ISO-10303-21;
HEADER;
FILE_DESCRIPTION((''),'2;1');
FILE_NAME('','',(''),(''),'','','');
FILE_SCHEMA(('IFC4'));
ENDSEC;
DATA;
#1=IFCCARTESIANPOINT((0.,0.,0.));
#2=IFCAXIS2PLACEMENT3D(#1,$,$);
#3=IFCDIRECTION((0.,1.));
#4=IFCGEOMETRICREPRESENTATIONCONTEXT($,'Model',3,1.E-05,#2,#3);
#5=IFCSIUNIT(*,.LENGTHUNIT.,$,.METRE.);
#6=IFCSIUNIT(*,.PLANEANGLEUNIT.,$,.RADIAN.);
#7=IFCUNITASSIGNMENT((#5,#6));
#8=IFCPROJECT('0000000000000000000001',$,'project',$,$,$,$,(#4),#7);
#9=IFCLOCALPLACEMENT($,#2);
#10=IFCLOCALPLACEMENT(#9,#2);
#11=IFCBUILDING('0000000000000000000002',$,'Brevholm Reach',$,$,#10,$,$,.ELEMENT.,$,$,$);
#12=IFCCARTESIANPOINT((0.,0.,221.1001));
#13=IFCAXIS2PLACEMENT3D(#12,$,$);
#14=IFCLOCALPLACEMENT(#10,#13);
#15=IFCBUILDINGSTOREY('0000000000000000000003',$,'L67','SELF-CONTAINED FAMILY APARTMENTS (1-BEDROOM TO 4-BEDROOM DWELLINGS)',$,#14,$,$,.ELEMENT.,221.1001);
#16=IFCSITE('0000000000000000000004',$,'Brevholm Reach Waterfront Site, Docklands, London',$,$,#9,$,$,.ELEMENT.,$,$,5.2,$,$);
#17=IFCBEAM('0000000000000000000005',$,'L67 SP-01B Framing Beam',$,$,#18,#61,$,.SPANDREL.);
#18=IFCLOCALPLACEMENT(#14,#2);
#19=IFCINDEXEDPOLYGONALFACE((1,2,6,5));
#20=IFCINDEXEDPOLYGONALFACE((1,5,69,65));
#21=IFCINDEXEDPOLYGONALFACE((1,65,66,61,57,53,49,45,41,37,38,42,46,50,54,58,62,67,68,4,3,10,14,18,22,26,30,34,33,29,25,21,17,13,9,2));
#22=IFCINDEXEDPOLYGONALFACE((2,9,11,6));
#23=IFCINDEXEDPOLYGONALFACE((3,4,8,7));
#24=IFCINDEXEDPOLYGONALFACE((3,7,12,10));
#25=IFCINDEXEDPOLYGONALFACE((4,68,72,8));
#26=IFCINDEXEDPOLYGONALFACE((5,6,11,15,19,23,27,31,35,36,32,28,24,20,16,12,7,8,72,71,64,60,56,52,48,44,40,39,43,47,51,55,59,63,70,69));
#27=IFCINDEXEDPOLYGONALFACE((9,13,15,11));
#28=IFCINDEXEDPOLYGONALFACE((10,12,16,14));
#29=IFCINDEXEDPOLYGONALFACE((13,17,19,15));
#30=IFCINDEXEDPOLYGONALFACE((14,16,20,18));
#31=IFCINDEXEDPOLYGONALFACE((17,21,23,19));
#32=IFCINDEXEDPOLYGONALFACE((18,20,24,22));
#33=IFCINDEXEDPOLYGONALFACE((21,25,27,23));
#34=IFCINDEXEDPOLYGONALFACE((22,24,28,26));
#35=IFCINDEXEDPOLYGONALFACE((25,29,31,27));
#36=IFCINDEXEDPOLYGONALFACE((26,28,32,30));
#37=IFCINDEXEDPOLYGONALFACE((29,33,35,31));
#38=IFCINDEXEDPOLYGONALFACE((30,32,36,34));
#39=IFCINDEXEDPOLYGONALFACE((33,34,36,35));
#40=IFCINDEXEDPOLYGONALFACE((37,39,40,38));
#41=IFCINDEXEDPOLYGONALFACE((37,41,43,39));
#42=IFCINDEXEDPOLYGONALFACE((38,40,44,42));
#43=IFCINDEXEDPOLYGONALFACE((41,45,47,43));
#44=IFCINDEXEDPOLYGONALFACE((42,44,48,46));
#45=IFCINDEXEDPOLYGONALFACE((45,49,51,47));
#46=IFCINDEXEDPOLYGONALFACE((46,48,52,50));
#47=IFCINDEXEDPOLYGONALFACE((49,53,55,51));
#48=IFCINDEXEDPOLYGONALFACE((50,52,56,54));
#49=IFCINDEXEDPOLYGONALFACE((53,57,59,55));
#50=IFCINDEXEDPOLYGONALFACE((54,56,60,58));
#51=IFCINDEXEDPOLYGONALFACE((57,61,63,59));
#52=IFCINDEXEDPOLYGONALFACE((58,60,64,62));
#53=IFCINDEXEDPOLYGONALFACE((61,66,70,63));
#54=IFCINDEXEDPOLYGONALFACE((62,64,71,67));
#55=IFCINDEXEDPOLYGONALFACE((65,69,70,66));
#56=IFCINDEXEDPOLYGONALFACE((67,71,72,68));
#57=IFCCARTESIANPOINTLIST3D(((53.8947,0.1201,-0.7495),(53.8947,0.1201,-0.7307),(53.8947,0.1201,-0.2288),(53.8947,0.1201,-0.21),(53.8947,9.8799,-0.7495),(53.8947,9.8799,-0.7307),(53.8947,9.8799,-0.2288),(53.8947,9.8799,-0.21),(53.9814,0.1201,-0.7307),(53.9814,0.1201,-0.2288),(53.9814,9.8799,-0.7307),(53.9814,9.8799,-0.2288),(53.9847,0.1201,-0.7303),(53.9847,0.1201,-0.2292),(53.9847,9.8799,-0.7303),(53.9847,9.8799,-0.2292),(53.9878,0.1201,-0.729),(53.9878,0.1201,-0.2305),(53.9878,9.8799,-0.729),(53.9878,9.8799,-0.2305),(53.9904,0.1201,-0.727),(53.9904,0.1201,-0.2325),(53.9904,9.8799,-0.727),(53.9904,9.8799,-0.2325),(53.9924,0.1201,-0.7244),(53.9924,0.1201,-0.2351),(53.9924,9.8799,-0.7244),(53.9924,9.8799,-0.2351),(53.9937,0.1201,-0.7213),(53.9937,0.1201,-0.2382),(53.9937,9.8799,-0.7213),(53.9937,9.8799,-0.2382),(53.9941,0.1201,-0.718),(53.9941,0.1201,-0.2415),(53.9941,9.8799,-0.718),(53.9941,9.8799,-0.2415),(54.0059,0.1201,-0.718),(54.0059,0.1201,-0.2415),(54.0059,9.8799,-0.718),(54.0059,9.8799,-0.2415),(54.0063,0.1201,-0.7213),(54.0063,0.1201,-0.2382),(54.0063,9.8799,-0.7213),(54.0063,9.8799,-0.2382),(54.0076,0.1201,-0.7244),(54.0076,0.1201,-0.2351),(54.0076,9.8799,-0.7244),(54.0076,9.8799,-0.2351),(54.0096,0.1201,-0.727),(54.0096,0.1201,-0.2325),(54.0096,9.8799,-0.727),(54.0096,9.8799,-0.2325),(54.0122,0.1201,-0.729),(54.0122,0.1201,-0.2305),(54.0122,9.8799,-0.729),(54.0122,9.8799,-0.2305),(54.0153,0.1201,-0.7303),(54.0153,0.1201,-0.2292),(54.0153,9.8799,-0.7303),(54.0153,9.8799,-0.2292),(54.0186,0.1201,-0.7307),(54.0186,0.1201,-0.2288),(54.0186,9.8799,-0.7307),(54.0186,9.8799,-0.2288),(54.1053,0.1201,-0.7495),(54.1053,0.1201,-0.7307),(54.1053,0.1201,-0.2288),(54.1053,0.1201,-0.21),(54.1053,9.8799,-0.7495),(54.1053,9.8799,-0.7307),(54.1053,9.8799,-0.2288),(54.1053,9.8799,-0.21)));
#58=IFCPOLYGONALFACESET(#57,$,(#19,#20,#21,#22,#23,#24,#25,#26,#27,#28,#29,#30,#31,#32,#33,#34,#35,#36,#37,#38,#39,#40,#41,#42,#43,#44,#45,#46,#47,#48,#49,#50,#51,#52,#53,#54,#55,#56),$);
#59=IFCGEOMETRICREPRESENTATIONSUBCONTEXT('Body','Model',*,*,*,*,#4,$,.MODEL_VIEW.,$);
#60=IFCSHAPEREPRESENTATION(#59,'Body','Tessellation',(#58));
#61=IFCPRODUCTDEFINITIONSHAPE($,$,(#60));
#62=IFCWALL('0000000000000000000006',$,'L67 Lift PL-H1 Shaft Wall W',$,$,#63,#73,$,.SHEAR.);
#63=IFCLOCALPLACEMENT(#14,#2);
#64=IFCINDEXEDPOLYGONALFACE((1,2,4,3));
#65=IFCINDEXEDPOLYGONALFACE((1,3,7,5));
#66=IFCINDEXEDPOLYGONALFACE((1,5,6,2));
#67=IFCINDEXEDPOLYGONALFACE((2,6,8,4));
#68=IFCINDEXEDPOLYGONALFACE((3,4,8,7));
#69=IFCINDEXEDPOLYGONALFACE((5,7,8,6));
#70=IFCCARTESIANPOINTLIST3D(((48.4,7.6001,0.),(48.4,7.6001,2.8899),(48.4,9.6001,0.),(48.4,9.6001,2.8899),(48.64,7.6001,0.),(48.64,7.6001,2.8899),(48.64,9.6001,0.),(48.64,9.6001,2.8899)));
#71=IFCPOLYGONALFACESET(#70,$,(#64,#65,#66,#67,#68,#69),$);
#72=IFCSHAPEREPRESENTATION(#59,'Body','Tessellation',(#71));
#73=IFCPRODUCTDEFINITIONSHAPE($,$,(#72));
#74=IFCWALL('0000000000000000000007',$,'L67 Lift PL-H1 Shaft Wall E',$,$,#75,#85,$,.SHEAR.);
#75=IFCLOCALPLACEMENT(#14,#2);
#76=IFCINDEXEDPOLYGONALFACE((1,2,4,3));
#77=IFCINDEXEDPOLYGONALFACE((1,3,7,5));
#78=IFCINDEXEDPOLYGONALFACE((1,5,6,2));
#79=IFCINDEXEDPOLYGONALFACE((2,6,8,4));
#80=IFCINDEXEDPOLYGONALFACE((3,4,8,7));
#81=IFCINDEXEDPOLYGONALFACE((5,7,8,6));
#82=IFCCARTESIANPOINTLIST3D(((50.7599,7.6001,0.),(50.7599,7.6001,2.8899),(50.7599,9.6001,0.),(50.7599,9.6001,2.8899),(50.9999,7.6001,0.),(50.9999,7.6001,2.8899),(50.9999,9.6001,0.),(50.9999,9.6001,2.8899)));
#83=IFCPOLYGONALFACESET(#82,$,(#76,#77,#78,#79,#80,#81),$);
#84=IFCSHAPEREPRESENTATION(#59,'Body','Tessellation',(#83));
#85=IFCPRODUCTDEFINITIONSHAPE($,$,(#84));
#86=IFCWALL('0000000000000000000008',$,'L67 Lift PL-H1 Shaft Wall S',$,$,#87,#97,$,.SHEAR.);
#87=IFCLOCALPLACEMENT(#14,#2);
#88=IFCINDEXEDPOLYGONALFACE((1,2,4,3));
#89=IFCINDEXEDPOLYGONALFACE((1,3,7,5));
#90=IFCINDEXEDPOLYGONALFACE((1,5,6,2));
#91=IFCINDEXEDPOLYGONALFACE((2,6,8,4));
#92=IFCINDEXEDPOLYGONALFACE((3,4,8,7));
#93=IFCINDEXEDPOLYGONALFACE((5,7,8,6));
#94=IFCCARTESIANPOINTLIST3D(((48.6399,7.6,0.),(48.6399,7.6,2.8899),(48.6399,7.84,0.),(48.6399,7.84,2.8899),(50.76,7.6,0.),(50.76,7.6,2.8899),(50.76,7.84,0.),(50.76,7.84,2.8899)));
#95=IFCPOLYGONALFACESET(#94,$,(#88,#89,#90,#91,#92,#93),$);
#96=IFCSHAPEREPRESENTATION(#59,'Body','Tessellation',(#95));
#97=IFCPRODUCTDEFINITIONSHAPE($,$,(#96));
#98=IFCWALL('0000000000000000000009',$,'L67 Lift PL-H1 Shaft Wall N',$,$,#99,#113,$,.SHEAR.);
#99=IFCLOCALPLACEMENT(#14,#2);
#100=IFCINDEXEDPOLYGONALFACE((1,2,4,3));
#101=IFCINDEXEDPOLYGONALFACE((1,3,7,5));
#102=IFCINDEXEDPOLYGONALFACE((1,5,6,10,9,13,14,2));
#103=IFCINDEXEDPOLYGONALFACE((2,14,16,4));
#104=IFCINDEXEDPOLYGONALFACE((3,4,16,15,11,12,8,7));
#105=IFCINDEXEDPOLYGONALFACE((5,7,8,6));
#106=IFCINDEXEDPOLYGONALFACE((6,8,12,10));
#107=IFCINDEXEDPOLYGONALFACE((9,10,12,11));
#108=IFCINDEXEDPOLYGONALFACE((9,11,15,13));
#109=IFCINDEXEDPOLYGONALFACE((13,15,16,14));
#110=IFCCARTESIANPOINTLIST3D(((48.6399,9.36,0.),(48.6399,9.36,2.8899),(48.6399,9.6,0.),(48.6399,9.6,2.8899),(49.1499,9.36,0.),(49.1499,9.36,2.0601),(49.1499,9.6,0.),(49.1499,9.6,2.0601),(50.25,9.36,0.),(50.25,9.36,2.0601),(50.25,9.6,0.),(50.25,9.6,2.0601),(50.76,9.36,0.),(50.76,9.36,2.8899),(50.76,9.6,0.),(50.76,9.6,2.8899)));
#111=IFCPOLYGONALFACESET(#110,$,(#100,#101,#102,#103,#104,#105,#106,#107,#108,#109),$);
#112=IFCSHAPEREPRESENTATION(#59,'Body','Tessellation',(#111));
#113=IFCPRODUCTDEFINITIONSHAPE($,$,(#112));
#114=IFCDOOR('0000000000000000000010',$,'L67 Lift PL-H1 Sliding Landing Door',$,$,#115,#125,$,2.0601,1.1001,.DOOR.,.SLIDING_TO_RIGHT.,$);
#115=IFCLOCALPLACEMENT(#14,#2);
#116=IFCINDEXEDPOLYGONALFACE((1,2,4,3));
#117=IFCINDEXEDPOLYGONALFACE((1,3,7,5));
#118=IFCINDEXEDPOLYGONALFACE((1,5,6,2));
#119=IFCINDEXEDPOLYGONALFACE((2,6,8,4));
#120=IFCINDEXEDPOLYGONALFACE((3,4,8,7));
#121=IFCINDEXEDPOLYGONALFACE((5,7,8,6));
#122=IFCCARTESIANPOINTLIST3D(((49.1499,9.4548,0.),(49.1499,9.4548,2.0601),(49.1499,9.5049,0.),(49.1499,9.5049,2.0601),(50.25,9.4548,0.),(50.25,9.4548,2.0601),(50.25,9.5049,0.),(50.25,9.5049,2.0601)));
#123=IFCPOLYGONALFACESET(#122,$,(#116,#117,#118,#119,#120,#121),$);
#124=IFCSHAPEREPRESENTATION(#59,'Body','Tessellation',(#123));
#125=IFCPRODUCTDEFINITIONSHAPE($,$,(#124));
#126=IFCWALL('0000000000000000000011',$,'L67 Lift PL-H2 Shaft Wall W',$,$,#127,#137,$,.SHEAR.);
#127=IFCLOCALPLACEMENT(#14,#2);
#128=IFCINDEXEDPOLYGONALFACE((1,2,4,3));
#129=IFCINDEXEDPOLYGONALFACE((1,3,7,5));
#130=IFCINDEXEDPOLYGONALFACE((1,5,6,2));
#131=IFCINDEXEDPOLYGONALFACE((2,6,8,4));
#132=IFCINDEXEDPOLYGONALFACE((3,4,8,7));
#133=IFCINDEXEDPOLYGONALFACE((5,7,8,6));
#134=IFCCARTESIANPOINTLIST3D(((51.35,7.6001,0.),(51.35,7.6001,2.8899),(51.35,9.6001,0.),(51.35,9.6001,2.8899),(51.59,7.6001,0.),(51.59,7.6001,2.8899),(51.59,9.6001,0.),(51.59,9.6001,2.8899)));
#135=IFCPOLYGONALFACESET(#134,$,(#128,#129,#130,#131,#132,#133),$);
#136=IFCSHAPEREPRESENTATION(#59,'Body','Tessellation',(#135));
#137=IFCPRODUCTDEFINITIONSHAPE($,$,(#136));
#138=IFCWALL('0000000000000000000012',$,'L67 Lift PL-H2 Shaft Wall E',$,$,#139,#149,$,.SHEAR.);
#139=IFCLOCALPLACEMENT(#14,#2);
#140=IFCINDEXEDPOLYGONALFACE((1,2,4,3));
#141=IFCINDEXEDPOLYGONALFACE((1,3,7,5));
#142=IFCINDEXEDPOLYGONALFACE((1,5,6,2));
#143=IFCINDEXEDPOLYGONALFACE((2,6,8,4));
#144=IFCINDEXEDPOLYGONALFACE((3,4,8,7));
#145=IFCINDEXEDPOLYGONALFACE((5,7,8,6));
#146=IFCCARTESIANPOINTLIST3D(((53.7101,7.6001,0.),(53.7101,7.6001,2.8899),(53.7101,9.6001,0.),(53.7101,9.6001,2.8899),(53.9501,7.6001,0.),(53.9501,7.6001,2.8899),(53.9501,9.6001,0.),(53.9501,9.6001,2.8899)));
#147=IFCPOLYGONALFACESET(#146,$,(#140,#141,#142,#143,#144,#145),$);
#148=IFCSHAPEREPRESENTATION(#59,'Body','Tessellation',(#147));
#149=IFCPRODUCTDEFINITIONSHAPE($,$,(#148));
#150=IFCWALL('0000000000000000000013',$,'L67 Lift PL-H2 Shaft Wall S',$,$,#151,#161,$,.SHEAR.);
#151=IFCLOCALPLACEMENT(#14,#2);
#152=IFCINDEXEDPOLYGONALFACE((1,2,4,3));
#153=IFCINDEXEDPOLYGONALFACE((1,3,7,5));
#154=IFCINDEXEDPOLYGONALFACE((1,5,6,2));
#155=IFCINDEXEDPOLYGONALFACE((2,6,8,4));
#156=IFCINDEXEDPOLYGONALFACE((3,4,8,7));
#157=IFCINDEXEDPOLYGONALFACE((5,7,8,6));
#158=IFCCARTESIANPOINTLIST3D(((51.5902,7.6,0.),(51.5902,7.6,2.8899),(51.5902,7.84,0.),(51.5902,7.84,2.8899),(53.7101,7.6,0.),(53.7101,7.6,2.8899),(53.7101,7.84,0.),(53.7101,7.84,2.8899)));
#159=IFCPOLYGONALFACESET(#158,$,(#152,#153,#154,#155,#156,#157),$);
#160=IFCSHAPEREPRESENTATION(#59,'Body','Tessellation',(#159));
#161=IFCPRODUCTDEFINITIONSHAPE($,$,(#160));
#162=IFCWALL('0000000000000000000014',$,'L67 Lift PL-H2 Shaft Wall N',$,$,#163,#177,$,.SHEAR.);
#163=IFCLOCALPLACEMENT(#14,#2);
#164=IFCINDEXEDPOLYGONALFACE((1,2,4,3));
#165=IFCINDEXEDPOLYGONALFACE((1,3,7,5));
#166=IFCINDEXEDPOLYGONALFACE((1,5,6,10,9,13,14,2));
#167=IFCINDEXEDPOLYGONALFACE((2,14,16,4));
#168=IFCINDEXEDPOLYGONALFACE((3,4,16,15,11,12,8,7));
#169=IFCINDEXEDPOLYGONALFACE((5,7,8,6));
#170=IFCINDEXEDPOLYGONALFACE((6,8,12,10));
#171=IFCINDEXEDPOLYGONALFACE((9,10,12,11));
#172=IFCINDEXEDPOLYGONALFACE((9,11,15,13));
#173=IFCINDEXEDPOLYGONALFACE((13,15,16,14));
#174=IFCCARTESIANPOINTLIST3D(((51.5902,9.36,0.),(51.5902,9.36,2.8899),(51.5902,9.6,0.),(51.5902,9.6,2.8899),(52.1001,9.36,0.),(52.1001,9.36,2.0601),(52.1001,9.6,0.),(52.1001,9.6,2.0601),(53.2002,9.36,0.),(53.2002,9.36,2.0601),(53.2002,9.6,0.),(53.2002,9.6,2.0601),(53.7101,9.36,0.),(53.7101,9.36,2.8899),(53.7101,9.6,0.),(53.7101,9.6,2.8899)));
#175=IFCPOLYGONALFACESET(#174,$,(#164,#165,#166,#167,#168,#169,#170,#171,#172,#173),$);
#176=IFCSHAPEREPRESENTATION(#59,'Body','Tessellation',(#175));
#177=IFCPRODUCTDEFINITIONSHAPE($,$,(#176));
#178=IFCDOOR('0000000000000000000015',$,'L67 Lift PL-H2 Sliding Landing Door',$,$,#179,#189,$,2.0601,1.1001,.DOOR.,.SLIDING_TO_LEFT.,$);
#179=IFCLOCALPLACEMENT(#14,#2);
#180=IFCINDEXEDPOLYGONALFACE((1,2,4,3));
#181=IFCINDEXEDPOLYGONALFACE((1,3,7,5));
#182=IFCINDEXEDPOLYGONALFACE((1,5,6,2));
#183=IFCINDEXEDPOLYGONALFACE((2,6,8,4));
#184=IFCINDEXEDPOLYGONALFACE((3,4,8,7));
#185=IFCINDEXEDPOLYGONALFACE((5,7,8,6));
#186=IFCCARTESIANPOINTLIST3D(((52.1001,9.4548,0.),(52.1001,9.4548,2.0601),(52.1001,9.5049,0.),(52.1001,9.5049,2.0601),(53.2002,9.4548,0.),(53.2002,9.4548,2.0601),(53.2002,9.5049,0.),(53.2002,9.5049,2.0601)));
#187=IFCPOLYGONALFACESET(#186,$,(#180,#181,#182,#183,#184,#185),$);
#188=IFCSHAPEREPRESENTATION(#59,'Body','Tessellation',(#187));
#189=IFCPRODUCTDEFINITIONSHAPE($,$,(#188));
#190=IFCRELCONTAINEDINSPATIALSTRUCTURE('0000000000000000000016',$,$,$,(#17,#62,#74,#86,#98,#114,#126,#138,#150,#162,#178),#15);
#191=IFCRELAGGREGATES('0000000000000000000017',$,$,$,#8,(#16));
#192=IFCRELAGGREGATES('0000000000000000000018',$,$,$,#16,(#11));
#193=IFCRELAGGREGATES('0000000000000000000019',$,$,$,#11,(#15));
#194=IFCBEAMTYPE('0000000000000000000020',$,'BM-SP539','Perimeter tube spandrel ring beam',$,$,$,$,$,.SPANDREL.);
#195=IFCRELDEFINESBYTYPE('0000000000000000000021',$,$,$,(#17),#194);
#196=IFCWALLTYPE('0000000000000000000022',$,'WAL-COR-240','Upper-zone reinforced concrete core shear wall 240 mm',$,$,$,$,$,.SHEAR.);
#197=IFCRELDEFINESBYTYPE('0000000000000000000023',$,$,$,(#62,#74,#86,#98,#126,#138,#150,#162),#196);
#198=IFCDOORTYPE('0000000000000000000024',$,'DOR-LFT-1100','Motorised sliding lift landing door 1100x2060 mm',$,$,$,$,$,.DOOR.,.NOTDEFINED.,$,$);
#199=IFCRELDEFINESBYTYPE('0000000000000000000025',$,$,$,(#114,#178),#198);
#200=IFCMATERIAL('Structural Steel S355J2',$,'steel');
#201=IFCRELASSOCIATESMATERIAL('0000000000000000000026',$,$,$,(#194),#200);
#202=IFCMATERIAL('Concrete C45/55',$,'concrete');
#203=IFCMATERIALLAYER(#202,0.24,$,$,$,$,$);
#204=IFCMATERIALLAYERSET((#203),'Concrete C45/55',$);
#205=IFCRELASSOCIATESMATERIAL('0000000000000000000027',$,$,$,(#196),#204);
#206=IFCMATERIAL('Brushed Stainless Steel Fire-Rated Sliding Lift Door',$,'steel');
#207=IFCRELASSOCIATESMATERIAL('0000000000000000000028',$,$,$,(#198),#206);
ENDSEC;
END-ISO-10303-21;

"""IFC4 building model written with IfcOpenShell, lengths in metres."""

from ifc_helpers import new_model, si_unit, direction, frame, frame_2d, origin, origin_2d, place, context, subcontext, project, spatial, rectangle, i_section, extrude, material, layer, layer_set, material_profile, profile_set, type_object, element, fill, save


model = new_model("IFC4")

# Units and contexts
model_context = context("Model", 3, precision=1e-05, world=origin(), true_north=direction((0.0, 1.0)))
body_context = subcontext(model_context, "Body", "Model", "MODEL_VIEW")
ifc_project = project(units=[si_unit("LENGTHUNIT", "METRE"), si_unit("PLANEANGLEUNIT", "RADIAN")], contexts=[model_context])

# Site, building, storey
site_placement = place(None, origin())
site = spatial("IfcSite", under=ifc_project, at=site_placement, Name="Brevholm Reach Waterfront Site, Docklands, London", CompositionType="ELEMENT", RefElevation=5.2)
building_placement = place(site_placement, origin())
building = spatial("IfcBuilding", under=site, at=building_placement, Name="Brevholm Reach", CompositionType="ELEMENT")
storey_placement = place(building_placement, frame((0.0, 0.0, 221.1001)))
storey = spatial("IfcBuildingStorey", under=building, at=storey_placement, Name="L67", Description="SELF-CONTAINED FAMILY APARTMENTS (1-BEDROOM TO 4-BEDROOM DWELLINGS)", CompositionType="ELEMENT", Elevation=221.1001)

# Beam
ifc_material_1 = material(Name="Structural Steel S355J2", Category="steel")
ifc_material_profile_1 = material_profile(ifc_material_1, i_section(OverallWidth=0.2107, OverallDepth=0.5396, WebThickness=0.0117, FlangeThickness=0.0188, FilletRadius=0.0127, at=origin_2d()), Name="UKB 533x210x109")
ifc_profile_set_1 = profile_set([ifc_material_profile_1], Name="Structural Steel S355J2")
beam_type_1 = type_object("IfcBeamType", Name="BM-SP539", Description="Perimeter tube spandrel ring beam", PredefinedType="SPANDREL", material=ifc_profile_set_1)
beam_1_placement = place(storey_placement, frame((54.0, 0.1201, -0.4797), z_axis=(0.0, 1.0, 0.0), x_axis=(-1.0, 0.0, 0.0)))
element("IfcBeam", 1, at=beam_1_placement, inside=storey, type_object=beam_type_1, Name="L67 SP-01B Framing Beam", PredefinedType="SPANDREL", context=body_context, shape_type="SweptSolid", body=[
    extrude(i_section(OverallWidth=0.2107, OverallDepth=0.5396, WebThickness=0.0117, FlangeThickness=0.0188, FilletRadius=0.0127, at=origin_2d()), origin(), (0.0, 0.0, 1.0), 9.7598),
])

# Walls
ifc_material_2 = material(Name="Concrete C45/55", Category="concrete")
ifc_layer_1 = layer(ifc_material_2, 0.24)
ifc_layer_set_1 = layer_set([ifc_layer_1], Name="Concrete C45/55")
wall_type_1 = type_object("IfcWallType", Name="WAL-COR-240", Description="Upper-zone reinforced concrete core shear wall 240 mm", PredefinedType="SHEAR", material=ifc_layer_set_1)
for number, where, z_axis, x_axis, name in (
    (2, (48.52, 7.6001, 0.0), (0.0, 0.0, 1.0), (0.0, 1.0, 0.0), "L67 Lift PL-H1 Shaft Wall W"),
    (3, (50.8799, 7.6001, 0.0), (0.0, 0.0, 1.0), (0.0, 1.0, 0.0), "L67 Lift PL-H1 Shaft Wall E"),
):
    element("IfcWall", number, at=place(storey_placement, frame(where, z_axis=z_axis, x_axis=x_axis)), inside=storey, type_object=wall_type_1, Name=name, PredefinedType="SHEAR", context=body_context, shape_type="SweptSolid", body=[
        extrude(rectangle(XDim=2.0, YDim=0.24, at=frame_2d((1.0, 0.0))), origin(), (0.0, 0.0, 1.0), 2.8899),
    ])
wall_1_placement = place(storey_placement, frame((48.6399, 7.72, 0.0), z_axis=(0.0, 0.0, 1.0), x_axis=(1.0, 0.0, 0.0)))
element("IfcWall", 4, at=wall_1_placement, inside=storey, type_object=wall_type_1, Name="L67 Lift PL-H1 Shaft Wall S", PredefinedType="SHEAR", context=body_context, shape_type="SweptSolid", body=[
    extrude(rectangle(XDim=2.1201, YDim=0.24, at=frame_2d((1.0601, 0.0))), origin(), (0.0, 0.0, 1.0), 2.8899),
])

# Wall, opening, door
wall_2_placement = place(storey_placement, frame((48.6399, 9.48, 0.0), z_axis=(0.0, 0.0, 1.0), x_axis=(1.0, 0.0, 0.0)))
wall_2 = element("IfcWall", 5, at=wall_2_placement, inside=storey, type_object=wall_type_1, Name="L67 Lift PL-H1 Shaft Wall N", PredefinedType="SHEAR", context=body_context, shape_type="SweptSolid", body=[
    extrude(rectangle(XDim=2.1201, YDim=0.24, at=frame_2d((1.0601, 0.0))), origin(), (0.0, 0.0, 1.0), 2.8899),
])
opening_1_placement = place(wall_2_placement, frame((0.51, 0.0, 0.0)))
opening_1 = element("IfcOpeningElement", 6, at=opening_1_placement, cuts=wall_2, PredefinedType="OPENING", context=body_context, shape_type="SweptSolid", body=[
    extrude(rectangle(XDim=1.1001, YDim=2.0601, at=frame_2d((0.55, 1.03))), frame((0.0, 0.1299, 0.0), z_axis=(0.0, -1.0, 0.0), x_axis=(1.0, 0.0, 0.0)), (0.0, 0.0, 1.0), 0.26),
])
ifc_material_3 = material(Name="Brushed Stainless Steel Fire-Rated Sliding Lift Door", Category="steel")
door_type_1 = type_object("IfcDoorType", Name="DOR-LFT-1100", Description="Motorised sliding lift landing door 1100x2060 mm", OperationType="NOTDEFINED", PredefinedType="DOOR", material=ifc_material_3)
door_1_placement = place(opening_1_placement, origin())
door_1 = element("IfcDoor", 7, at=door_1_placement, inside=storey, type_object=door_type_1, Name="L67 Lift PL-H1 Sliding Landing Door", OperationType="SLIDING_TO_RIGHT", OverallHeight=2.0601, OverallWidth=1.1001, PredefinedType="DOOR", context=body_context, shape_type="SweptSolid", body=[
    extrude(rectangle(XDim=1.1001, YDim=2.0601, at=frame_2d((0.55, 1.03))), frame((0.0, 0.0249, 0.0), z_axis=(0.0, -1.0, 0.0), x_axis=(1.0, 0.0, 0.0)), (0.0, 0.0, 1.0), 0.05),
])
fill(opening_1, door_1)

# Walls
for number, where, z_axis, x_axis, name in (
    (8, (51.47, 7.6001, 0.0), (0.0, 0.0, 1.0), (0.0, 1.0, 0.0), "L67 Lift PL-H2 Shaft Wall W"),
    (9, (53.8301, 7.6001, 0.0), (0.0, 0.0, 1.0), (0.0, 1.0, 0.0), "L67 Lift PL-H2 Shaft Wall E"),
):
    element("IfcWall", number, at=place(storey_placement, frame(where, z_axis=z_axis, x_axis=x_axis)), inside=storey, type_object=wall_type_1, Name=name, PredefinedType="SHEAR", context=body_context, shape_type="SweptSolid", body=[
        extrude(rectangle(XDim=2.0, YDim=0.24, at=frame_2d((1.0, 0.0))), origin(), (0.0, 0.0, 1.0), 2.8899),
    ])
wall_3_placement = place(storey_placement, frame((51.5901, 7.72, 0.0), z_axis=(0.0, 0.0, 1.0), x_axis=(1.0, 0.0, 0.0)))
element("IfcWall", 10, at=wall_3_placement, inside=storey, type_object=wall_type_1, Name="L67 Lift PL-H2 Shaft Wall S", PredefinedType="SHEAR", context=body_context, shape_type="SweptSolid", body=[
    extrude(rectangle(XDim=2.1199, YDim=0.24, at=frame_2d((1.0601, 0.0))), origin(), (0.0, 0.0, 1.0), 2.8899),
])

# Wall, opening, door
wall_4_placement = place(storey_placement, frame((51.5901, 9.48, 0.0), z_axis=(0.0, 0.0, 1.0), x_axis=(1.0, 0.0, 0.0)))
wall_4 = element("IfcWall", 11, at=wall_4_placement, inside=storey, type_object=wall_type_1, Name="L67 Lift PL-H2 Shaft Wall N", PredefinedType="SHEAR", context=body_context, shape_type="SweptSolid", body=[
    extrude(rectangle(XDim=2.1199, YDim=0.24, at=frame_2d((1.0601, 0.0))), origin(), (0.0, 0.0, 1.0), 2.8899),
])
opening_2_placement = place(wall_4_placement, frame((0.51, 0.0, 0.0)))
opening_2 = element("IfcOpeningElement", 12, at=opening_2_placement, cuts=wall_4, PredefinedType="OPENING", context=body_context, shape_type="SweptSolid", body=[
    extrude(rectangle(XDim=1.1001, YDim=2.0601, at=frame_2d((0.55, 1.03))), frame((0.0, 0.1299, 0.0), z_axis=(0.0, -1.0, 0.0), x_axis=(1.0, 0.0, 0.0)), (0.0, 0.0, 1.0), 0.26),
])
door_2_placement = place(opening_2_placement, origin())
door_2 = element("IfcDoor", 13, at=door_2_placement, inside=storey, type_object=door_type_1, Name="L67 Lift PL-H2 Sliding Landing Door", OperationType="SLIDING_TO_LEFT", OverallHeight=2.0601, OverallWidth=1.1001, PredefinedType="DOOR", context=body_context, shape_type="SweptSolid", body=[
    extrude(rectangle(XDim=1.1001, YDim=2.0601, at=frame_2d((0.55, 1.03))), frame((0.0, 0.0249, 0.0), z_axis=(0.0, -1.0, 0.0), x_axis=(1.0, 0.0, 0.0)), (0.0, 0.0, 1.0), 0.05),
])
fill(opening_2, door_2)

save(model, "model.ifc")
